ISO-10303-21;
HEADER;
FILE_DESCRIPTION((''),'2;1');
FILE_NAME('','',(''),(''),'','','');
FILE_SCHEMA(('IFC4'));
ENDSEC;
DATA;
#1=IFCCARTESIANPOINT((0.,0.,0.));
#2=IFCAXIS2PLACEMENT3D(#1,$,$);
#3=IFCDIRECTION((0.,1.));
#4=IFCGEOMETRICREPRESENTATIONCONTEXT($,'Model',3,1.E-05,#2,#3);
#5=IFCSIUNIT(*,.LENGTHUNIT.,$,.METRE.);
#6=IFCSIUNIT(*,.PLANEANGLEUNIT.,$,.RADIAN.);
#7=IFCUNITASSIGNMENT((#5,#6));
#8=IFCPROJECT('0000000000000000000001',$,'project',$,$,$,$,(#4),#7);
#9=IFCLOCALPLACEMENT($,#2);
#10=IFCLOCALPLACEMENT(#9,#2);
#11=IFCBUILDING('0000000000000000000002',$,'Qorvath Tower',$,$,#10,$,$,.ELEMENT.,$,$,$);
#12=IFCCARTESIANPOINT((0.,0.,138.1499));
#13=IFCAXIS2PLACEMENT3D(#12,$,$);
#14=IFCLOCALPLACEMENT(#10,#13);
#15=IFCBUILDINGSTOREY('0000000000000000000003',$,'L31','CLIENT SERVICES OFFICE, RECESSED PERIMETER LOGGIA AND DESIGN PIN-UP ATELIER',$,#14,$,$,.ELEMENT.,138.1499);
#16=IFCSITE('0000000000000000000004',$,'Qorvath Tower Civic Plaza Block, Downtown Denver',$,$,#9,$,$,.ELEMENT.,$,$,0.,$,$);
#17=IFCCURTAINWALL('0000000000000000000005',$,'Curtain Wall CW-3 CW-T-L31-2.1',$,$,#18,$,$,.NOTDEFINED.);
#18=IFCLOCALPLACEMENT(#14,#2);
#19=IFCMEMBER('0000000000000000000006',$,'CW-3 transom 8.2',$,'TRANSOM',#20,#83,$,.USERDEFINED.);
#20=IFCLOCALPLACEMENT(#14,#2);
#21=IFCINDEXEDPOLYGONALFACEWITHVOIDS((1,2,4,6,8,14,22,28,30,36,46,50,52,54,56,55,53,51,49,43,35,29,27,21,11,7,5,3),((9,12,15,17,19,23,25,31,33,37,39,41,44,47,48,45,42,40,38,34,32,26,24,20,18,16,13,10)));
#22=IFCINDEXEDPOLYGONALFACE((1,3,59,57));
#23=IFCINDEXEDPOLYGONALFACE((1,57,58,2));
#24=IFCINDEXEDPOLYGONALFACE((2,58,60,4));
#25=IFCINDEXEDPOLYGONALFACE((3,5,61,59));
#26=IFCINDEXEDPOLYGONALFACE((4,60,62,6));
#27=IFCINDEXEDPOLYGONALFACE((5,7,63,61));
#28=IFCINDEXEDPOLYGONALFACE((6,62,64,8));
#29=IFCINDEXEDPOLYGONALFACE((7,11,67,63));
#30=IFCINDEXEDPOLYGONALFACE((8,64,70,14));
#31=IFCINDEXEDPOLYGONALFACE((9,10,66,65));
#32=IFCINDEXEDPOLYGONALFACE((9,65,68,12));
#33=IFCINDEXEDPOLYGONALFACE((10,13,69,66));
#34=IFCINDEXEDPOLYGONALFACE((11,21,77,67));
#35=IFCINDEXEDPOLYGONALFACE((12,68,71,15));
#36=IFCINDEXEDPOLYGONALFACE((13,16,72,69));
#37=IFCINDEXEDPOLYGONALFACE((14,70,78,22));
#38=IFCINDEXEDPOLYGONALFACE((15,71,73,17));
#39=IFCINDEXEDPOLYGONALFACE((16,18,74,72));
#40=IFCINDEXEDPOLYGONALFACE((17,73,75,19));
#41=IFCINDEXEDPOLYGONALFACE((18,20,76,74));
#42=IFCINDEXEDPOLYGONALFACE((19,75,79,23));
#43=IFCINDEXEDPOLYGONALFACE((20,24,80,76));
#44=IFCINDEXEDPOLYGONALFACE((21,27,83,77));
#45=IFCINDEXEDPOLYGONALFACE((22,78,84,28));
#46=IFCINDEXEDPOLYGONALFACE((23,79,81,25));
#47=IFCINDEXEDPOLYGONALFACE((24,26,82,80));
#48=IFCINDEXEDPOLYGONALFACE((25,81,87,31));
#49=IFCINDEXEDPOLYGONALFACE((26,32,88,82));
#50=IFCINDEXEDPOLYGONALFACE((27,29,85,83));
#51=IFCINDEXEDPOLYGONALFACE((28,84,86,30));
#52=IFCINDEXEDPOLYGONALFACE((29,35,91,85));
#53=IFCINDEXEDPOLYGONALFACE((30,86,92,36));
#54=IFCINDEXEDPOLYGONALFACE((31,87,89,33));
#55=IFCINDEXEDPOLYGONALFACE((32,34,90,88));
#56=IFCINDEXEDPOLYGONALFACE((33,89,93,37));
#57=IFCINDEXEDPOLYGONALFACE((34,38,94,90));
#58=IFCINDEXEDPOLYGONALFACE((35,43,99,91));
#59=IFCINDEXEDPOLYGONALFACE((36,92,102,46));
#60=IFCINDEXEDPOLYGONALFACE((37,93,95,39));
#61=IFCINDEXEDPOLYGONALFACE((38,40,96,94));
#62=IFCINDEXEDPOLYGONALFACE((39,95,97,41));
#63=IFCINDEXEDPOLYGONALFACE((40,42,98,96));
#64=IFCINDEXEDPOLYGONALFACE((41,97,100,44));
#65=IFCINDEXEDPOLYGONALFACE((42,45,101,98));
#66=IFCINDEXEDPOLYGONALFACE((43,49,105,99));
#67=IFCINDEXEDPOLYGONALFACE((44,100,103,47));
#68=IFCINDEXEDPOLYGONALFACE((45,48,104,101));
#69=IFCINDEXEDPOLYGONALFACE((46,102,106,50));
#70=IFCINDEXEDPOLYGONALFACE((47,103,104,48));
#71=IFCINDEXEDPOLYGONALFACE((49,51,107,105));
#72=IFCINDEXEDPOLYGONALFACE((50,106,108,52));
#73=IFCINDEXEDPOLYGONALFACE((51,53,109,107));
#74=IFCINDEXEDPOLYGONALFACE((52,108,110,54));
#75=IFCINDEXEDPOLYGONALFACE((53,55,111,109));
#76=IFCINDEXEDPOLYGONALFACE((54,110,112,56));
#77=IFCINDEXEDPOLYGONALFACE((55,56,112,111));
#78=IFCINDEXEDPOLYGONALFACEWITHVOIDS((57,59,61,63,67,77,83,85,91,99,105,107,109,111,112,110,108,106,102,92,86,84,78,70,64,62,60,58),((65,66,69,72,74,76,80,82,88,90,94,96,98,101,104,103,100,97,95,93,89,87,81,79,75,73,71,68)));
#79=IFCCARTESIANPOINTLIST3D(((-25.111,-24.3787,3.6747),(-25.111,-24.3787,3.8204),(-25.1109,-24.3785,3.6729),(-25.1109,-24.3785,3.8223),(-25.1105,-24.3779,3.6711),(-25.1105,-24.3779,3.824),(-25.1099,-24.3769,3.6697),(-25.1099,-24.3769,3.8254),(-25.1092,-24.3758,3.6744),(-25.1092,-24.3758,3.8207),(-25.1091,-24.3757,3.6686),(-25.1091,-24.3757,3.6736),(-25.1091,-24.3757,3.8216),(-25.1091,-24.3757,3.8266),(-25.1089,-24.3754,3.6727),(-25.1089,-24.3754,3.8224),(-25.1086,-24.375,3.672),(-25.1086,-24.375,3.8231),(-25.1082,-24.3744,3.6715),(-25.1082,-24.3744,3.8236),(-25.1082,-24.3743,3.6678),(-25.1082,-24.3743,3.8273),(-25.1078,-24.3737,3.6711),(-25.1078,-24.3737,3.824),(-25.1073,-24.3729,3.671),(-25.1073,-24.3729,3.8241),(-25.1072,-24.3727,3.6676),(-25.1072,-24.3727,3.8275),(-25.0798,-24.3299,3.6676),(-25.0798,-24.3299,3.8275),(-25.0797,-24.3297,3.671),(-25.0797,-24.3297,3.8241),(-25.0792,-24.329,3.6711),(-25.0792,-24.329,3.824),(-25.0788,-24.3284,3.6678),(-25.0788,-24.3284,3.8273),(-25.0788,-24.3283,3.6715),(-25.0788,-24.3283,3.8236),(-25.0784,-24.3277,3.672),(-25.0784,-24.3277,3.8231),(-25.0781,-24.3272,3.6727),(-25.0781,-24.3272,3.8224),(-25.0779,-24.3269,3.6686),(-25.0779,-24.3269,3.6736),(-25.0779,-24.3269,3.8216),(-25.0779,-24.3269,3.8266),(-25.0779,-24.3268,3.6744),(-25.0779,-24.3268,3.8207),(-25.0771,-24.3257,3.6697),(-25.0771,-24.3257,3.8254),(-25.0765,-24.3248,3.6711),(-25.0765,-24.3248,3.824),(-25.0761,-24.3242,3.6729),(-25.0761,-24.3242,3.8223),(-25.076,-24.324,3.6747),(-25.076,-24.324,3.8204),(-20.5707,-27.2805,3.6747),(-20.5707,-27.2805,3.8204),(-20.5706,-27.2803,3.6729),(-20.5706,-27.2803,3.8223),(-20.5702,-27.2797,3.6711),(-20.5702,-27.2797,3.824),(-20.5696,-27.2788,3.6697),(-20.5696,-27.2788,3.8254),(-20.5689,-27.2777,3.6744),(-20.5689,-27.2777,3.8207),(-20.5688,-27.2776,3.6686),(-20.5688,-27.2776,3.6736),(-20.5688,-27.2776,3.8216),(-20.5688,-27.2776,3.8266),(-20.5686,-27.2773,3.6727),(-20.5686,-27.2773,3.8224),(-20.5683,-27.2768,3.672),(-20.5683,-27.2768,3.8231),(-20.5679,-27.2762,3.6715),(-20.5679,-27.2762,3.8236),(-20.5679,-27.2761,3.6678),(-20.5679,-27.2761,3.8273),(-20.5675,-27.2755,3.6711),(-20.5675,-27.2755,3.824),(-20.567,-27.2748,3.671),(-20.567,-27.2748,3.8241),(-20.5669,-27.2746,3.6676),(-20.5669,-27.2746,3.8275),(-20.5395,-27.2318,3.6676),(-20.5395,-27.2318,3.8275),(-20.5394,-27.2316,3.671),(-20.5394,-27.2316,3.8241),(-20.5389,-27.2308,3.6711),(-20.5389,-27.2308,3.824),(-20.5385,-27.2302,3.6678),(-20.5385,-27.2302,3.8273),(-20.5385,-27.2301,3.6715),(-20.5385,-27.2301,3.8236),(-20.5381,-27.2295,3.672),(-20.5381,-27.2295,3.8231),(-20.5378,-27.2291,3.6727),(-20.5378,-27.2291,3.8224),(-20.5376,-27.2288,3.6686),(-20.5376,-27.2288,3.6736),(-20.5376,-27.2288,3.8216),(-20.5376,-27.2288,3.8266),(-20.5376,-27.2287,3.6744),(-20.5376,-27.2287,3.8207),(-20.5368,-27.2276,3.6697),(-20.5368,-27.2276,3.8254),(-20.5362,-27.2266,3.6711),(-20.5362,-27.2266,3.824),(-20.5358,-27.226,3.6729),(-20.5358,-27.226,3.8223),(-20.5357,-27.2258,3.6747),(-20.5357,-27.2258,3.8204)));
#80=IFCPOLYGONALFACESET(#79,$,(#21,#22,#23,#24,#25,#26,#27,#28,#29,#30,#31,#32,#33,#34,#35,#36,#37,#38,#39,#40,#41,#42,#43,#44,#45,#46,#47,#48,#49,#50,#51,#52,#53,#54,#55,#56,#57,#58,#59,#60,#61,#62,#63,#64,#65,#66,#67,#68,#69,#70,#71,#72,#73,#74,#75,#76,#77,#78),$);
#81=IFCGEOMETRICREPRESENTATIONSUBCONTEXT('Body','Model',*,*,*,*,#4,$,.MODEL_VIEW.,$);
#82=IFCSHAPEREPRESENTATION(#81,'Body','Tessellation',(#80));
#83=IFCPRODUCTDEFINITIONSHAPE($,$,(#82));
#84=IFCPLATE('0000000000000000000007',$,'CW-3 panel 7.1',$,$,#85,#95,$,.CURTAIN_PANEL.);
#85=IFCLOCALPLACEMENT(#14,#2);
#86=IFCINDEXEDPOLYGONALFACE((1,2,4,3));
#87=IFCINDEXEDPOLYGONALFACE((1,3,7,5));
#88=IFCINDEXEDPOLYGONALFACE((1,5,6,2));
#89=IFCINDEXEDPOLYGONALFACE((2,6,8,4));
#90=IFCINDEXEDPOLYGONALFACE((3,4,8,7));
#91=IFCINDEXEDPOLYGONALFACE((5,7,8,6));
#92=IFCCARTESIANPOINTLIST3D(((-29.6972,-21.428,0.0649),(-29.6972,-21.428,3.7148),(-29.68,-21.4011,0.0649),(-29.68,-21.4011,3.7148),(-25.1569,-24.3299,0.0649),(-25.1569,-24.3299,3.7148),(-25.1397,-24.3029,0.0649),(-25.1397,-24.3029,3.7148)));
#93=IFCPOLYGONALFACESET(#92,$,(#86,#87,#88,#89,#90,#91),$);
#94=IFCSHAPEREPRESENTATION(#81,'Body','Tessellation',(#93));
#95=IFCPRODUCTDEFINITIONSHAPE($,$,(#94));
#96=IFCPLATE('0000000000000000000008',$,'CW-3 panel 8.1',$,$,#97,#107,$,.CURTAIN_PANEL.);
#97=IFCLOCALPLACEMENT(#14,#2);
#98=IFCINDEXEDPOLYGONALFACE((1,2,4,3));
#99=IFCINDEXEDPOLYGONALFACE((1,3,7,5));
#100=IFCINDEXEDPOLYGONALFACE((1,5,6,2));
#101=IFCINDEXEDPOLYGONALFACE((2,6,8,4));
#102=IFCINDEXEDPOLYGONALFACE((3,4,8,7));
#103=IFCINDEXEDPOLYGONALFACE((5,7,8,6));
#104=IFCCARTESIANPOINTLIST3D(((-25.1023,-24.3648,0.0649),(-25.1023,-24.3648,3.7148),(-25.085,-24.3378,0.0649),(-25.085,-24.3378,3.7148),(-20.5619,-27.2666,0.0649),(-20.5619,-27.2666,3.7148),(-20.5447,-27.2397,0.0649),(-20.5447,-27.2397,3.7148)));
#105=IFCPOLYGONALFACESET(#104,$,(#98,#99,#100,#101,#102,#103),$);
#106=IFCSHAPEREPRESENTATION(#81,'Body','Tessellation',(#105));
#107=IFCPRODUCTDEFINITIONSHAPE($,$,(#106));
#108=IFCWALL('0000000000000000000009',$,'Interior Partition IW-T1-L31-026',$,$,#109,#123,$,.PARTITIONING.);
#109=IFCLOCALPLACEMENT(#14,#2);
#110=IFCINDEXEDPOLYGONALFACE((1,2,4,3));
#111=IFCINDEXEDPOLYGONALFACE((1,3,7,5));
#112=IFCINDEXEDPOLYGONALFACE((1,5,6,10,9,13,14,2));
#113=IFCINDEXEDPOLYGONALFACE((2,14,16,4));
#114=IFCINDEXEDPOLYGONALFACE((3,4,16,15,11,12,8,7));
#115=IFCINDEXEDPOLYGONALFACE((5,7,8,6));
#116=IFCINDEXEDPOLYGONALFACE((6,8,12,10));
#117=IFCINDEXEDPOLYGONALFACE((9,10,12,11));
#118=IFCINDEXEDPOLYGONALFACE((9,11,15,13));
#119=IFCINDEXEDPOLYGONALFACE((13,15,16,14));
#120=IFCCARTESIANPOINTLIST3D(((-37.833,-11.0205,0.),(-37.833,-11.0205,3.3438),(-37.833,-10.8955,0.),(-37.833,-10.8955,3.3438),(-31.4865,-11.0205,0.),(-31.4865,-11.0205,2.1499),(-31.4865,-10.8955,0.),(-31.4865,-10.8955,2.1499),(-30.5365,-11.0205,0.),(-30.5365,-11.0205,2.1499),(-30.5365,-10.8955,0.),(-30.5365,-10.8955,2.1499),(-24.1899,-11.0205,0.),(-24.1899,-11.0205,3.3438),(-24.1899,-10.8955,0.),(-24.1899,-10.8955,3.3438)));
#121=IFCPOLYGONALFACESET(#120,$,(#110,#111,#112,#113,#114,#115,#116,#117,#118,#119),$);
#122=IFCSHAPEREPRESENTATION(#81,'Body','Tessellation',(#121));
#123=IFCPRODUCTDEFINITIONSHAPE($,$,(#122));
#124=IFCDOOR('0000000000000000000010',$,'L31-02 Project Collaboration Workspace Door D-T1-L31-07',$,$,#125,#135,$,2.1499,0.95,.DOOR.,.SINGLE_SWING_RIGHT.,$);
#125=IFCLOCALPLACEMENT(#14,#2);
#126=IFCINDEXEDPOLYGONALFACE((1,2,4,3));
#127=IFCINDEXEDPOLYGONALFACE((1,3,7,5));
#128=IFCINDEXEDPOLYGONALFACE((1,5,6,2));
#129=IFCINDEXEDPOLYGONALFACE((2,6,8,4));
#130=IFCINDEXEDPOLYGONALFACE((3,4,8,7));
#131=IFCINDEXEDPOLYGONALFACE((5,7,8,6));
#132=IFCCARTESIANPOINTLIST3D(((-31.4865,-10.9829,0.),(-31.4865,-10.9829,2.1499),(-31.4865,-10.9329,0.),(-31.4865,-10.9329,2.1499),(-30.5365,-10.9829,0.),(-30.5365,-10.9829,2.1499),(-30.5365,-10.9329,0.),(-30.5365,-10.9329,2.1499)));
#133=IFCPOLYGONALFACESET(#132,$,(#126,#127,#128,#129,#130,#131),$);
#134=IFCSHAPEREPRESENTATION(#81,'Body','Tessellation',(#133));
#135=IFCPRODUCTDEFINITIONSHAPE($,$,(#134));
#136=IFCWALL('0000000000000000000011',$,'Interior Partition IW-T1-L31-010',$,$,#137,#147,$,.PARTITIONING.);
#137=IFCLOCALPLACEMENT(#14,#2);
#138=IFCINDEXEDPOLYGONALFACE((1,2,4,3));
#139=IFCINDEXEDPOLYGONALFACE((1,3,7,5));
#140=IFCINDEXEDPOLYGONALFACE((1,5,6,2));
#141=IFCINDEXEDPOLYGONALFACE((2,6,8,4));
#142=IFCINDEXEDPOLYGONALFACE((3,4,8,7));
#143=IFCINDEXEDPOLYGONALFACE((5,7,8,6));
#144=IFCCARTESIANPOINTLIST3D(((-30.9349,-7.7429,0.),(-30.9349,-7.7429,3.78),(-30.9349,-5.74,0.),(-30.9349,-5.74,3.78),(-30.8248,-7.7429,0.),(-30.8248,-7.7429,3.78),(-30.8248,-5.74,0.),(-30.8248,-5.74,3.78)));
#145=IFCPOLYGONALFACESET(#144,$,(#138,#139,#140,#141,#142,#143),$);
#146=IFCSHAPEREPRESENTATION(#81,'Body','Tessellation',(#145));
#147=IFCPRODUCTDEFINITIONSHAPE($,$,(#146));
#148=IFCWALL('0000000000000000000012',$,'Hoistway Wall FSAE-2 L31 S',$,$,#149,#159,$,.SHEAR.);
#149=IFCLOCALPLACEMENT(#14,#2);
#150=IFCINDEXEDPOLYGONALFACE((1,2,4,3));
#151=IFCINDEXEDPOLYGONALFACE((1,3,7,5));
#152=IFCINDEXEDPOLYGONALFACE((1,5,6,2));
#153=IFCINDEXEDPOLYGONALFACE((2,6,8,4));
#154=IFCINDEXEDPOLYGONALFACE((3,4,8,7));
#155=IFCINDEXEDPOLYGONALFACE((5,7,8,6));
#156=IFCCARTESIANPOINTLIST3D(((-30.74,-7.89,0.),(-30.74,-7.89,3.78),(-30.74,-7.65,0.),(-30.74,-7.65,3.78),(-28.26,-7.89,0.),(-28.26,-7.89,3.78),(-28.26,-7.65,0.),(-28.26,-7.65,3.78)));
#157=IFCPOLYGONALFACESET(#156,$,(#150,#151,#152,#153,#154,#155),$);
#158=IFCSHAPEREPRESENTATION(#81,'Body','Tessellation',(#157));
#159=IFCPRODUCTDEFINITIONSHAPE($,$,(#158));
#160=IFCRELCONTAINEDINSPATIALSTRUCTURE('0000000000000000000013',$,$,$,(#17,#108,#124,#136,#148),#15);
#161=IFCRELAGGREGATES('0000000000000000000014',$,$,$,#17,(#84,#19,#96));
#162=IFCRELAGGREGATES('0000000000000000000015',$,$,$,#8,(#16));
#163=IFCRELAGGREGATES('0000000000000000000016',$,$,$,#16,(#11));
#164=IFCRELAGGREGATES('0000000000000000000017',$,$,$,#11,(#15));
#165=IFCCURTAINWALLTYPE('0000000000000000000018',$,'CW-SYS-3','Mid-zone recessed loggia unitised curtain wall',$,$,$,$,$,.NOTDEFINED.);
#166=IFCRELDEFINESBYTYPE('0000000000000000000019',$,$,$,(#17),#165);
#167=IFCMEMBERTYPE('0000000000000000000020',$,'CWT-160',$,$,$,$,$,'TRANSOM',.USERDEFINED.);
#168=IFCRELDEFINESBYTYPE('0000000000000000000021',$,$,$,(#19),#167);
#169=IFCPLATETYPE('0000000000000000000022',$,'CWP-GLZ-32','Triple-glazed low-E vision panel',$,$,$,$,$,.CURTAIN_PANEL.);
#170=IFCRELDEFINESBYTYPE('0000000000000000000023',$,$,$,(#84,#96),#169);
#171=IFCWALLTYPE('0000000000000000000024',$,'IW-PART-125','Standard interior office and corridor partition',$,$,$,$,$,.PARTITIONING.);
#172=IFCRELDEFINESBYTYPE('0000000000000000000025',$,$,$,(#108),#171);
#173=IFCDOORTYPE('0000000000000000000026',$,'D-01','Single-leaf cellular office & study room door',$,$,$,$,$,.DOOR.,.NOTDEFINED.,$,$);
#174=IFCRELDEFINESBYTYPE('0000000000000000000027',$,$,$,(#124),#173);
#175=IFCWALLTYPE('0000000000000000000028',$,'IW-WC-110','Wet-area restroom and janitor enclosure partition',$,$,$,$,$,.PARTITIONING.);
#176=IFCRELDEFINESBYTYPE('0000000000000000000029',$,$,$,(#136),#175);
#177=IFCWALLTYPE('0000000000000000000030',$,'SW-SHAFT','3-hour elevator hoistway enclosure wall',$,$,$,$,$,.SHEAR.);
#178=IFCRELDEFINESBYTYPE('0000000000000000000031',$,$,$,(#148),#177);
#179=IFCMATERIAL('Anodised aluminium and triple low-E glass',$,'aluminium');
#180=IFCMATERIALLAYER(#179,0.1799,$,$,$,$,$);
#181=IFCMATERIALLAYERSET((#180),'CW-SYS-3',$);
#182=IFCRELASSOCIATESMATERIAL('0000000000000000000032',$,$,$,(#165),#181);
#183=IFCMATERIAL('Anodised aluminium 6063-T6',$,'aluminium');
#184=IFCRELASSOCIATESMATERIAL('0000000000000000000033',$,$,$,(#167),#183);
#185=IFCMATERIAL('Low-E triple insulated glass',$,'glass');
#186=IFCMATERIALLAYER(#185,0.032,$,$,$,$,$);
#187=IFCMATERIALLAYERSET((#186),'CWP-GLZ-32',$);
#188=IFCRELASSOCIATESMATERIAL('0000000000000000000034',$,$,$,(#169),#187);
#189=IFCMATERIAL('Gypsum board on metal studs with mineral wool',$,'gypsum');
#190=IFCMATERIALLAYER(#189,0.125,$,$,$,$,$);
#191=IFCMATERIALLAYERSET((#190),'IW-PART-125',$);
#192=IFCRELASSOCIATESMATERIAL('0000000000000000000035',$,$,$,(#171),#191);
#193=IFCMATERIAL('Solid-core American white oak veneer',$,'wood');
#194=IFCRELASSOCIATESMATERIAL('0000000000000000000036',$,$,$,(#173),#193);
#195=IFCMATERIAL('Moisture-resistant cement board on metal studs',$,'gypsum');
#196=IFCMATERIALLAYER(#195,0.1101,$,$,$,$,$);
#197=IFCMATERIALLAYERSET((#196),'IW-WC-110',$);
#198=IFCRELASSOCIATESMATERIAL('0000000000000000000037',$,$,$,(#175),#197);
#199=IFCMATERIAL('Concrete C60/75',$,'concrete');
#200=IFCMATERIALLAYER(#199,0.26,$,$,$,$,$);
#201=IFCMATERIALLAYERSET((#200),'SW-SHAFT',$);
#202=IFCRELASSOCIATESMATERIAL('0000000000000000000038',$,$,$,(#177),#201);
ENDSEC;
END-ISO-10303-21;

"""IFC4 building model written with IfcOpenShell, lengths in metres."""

from ifc_helpers import new_model, si_unit, direction, frame, frame_2d, origin, origin_2d, place, context, subcontext, project, spatial, rectangle, hollow_rectangle, extrude, material, layer, layer_set, material_profile, profile_set, type_object, element, fill, aggregate, save


model = new_model("IFC4")

# Units and contexts
model_context = context("Model", 3, precision=1e-05, world=origin(), true_north=direction((0.0, 1.0)))
body_context = subcontext(model_context, "Body", "Model", "MODEL_VIEW")
ifc_project = project(units=[si_unit("LENGTHUNIT", "METRE"), si_unit("PLANEANGLEUNIT", "RADIAN")], contexts=[model_context])

# Site, building, storey
site_placement = place(None, origin())
site = spatial("IfcSite", under=ifc_project, at=site_placement, Name="Qorvath Tower Civic Plaza Block, Downtown Denver", CompositionType="ELEMENT", RefElevation=0.0)
building_placement = place(site_placement, origin())
building = spatial("IfcBuilding", under=site, at=building_placement, Name="Qorvath Tower", CompositionType="ELEMENT")
storey_placement = place(building_placement, frame((0.0, 0.0, 138.1499)))
storey = spatial("IfcBuildingStorey", under=building, at=storey_placement, Name="L31", Description="CLIENT SERVICES OFFICE, RECESSED PERIMETER LOGGIA AND DESIGN PIN-UP ATELIER", CompositionType="ELEMENT", Elevation=138.1499)

# Curtain wall, member, plates
ifc_material_1 = material(Name="Anodised aluminium and triple low-E glass", Category="aluminium")
ifc_layer_1 = layer(ifc_material_1, 0.1799)
ifc_layer_set_1 = layer_set([ifc_layer_1], Name="CW-SYS-3")
curtain_wall_type = type_object("IfcCurtainWallType", Name="CW-SYS-3", Description="Mid-zone recessed loggia unitised curtain wall", PredefinedType="NOTDEFINED", material=ifc_layer_set_1)
curtain_wall_placement = place(storey_placement, origin())
curtain_wall = element("IfcCurtainWall", 1, at=curtain_wall_placement, inside=storey, type_object=curtain_wall_type, Name="Curtain Wall CW-3 CW-T-L31-2.1", PredefinedType="NOTDEFINED")
ifc_material_2 = material(Name="Anodised aluminium 6063-T6", Category="aluminium")
ifc_material_profile_1 = material_profile(ifc_material_2, hollow_rectangle(XDim=0.0649, YDim=0.1599, WallThickness=0.0034, InnerFilletRadius=0.0034, OuterFilletRadius=0.0071, at=origin_2d()), Name="CWT 160x65")
ifc_profile_set_1 = profile_set([ifc_material_profile_1], Name="Anodised aluminium 6063-T6")
member_type_1 = type_object("IfcMemberType", Name="CWT-160", ElementType="TRANSOM", PredefinedType="USERDEFINED", material=ifc_profile_set_1)
member_1_placement = place(storey_placement, frame((-25.0935, -24.3513, 3.7476), z_axis=(0.842602, -0.538537, 0.0), x_axis=(0.538537, 0.842602, 0.0)))
member_1 = element("IfcMember", 2, at=member_1_placement, type_object=member_type_1, Name="CW-3 transom 8.2", ObjectType="TRANSOM", PredefinedType="USERDEFINED", context=body_context, shape_type="SweptSolid", body=[
    extrude(hollow_rectangle(XDim=0.0649, YDim=0.1599, WallThickness=0.0034, InnerFilletRadius=0.0034, OuterFilletRadius=0.0071, at=origin_2d()), origin(), (0.0, 0.0, 1.0), 5.3884),
])
ifc_material_3 = material(Name="Low-E triple insulated glass", Category="glass")
ifc_layer_2 = layer(ifc_material_3, 0.032)
ifc_layer_set_2 = layer_set([ifc_layer_2], Name="CWP-GLZ-32")
plate_type = type_object("IfcPlateType", Name="CWP-GLZ-32", Description="Triple-glazed low-E vision panel", PredefinedType="CURTAIN_PANEL", material=ifc_layer_set_2)
plate_1_placement = place(storey_placement, frame((-27.4185, -22.8655, 0.0649), z_axis=(0.0, 0.0, 1.0), x_axis=(0.842604, -0.538534, 0.0)))
plate_1 = element("IfcPlate", 3, at=plate_1_placement, type_object=plate_type, Name="CW-3 panel 7.1", PredefinedType="CURTAIN_PANEL", context=body_context, shape_type="SweptSolid", body=[
    extrude(rectangle(XDim=5.3884, YDim=0.032, at=origin_2d()), origin(), (0.0, 0.0, 1.0), 3.6499),
])
plate_2_placement = place(storey_placement, frame((-22.8235, -25.8022, 0.0649), z_axis=(0.0, 0.0, 1.0), x_axis=(0.842604, -0.538534, 0.0)))
plate_2 = element("IfcPlate", 4, at=plate_2_placement, type_object=plate_type, Name="CW-3 panel 8.1", PredefinedType="CURTAIN_PANEL", context=body_context, shape_type="SweptSolid", body=[
    extrude(rectangle(XDim=5.3884, YDim=0.032, at=origin_2d()), origin(), (0.0, 0.0, 1.0), 3.6499),
])
aggregate(curtain_wall, [plate_1, member_1, plate_2])

# Wall, opening, door
ifc_material_4 = material(Name="Gypsum board on metal studs with mineral wool", Category="gypsum")
ifc_layer_3 = layer(ifc_material_4, 0.125)
ifc_layer_set_3 = layer_set([ifc_layer_3], Name="IW-PART-125")
wall_type_1 = type_object("IfcWallType", Name="IW-PART-125", Description="Standard interior office and corridor partition", PredefinedType="PARTITIONING", material=ifc_layer_set_3)
wall_1_placement = place(storey_placement, frame((-24.1899, -10.958, 0.0), z_axis=(0.0, 0.0, 1.0), x_axis=(-1.0, 0.0, 0.0)))
wall_1 = element("IfcWall", 5, at=wall_1_placement, inside=storey, type_object=wall_type_1, Name="Interior Partition IW-T1-L31-026", PredefinedType="PARTITIONING", context=body_context, shape_type="SweptSolid", body=[
    extrude(rectangle(XDim=13.6431, YDim=0.125, at=frame_2d((6.8215, 0.0))), origin(), (0.0, 0.0, 1.0), 3.3438),
])
opening_1_placement = place(wall_1_placement, frame((6.3464, 0.0, 0.0)))
opening_1 = element("IfcOpeningElement", 6, at=opening_1_placement, cuts=wall_1, PredefinedType="OPENING", context=body_context, shape_type="SweptSolid", body=[
    extrude(rectangle(XDim=0.95, YDim=2.1499, at=frame_2d((0.4751, 1.075))), frame((0.0, 0.0725, 0.0), z_axis=(0.0, -1.0, 0.0), x_axis=(1.0, 0.0, 0.0)), (0.0, 0.0, 1.0), 0.145),
])
ifc_material_5 = material(Name="Solid-core American white oak veneer", Category="wood")
door_type_1 = type_object("IfcDoorType", Name="D-01", Description="Single-leaf cellular office & study room door", OperationType="NOTDEFINED", PredefinedType="DOOR", material=ifc_material_5)
door_1_placement = place(opening_1_placement, origin())
door_1 = element("IfcDoor", 7, at=door_1_placement, inside=storey, type_object=door_type_1, Name="L31-02 Project Collaboration Workspace Door D-T1-L31-07", OperationType="SINGLE_SWING_RIGHT", OverallHeight=2.1499, OverallWidth=0.95, PredefinedType="DOOR", context=body_context, shape_type="SweptSolid", body=[
    extrude(rectangle(XDim=0.95, YDim=2.1499, at=frame_2d((0.4751, 1.075))), frame((0.0, 0.0249, 0.0), z_axis=(0.0, -1.0, 0.0), x_axis=(1.0, 0.0, 0.0)), (0.0, 0.0, 1.0), 0.05),
])
fill(opening_1, door_1)

# Walls
ifc_material_6 = material(Name="Moisture-resistant cement board on metal studs", Category="gypsum")
ifc_layer_4 = layer(ifc_material_6, 0.1101)
ifc_layer_set_4 = layer_set([ifc_layer_4], Name="IW-WC-110")
wall_type_2 = type_object("IfcWallType", Name="IW-WC-110", Description="Wet-area restroom and janitor enclosure partition", PredefinedType="PARTITIONING", material=ifc_layer_set_4)
wall_2_placement = place(storey_placement, frame((-30.8799, -7.7429, 0.0), z_axis=(0.0, 0.0, 1.0), x_axis=(0.0, 1.0, 0.0)))
element("IfcWall", 8, at=wall_2_placement, inside=storey, type_object=wall_type_2, Name="Interior Partition IW-T1-L31-010", PredefinedType="PARTITIONING", context=body_context, shape_type="SweptSolid", body=[
    extrude(rectangle(XDim=2.0029, YDim=0.1101, at=frame_2d((1.0015, 0.0))), origin(), (0.0, 0.0, 1.0), 3.78),
])
ifc_material_7 = material(Name="Concrete C60/75", Category="concrete")
ifc_layer_5 = layer(ifc_material_7, 0.26)
ifc_layer_set_5 = layer_set([ifc_layer_5], Name="SW-SHAFT")
wall_type_3 = type_object("IfcWallType", Name="SW-SHAFT", Description="3-hour elevator hoistway enclosure wall", PredefinedType="SHEAR", material=ifc_layer_set_5)
wall_3_placement = place(storey_placement, frame((-28.26, -7.77, 0.0), z_axis=(0.0, 0.0, 1.0), x_axis=(-1.0, 0.0, 0.0)))
element("IfcWall", 9, at=wall_3_placement, inside=storey, type_object=wall_type_3, Name="Hoistway Wall FSAE-2 L31 S", PredefinedType="SHEAR", context=body_context, shape_type="SweptSolid", body=[
    extrude(rectangle(XDim=2.48, YDim=0.24, at=frame_2d((1.24, 0.0))), origin(), (0.0, 0.0, 1.0), 3.78),
])

save(model, "model.ifc")
